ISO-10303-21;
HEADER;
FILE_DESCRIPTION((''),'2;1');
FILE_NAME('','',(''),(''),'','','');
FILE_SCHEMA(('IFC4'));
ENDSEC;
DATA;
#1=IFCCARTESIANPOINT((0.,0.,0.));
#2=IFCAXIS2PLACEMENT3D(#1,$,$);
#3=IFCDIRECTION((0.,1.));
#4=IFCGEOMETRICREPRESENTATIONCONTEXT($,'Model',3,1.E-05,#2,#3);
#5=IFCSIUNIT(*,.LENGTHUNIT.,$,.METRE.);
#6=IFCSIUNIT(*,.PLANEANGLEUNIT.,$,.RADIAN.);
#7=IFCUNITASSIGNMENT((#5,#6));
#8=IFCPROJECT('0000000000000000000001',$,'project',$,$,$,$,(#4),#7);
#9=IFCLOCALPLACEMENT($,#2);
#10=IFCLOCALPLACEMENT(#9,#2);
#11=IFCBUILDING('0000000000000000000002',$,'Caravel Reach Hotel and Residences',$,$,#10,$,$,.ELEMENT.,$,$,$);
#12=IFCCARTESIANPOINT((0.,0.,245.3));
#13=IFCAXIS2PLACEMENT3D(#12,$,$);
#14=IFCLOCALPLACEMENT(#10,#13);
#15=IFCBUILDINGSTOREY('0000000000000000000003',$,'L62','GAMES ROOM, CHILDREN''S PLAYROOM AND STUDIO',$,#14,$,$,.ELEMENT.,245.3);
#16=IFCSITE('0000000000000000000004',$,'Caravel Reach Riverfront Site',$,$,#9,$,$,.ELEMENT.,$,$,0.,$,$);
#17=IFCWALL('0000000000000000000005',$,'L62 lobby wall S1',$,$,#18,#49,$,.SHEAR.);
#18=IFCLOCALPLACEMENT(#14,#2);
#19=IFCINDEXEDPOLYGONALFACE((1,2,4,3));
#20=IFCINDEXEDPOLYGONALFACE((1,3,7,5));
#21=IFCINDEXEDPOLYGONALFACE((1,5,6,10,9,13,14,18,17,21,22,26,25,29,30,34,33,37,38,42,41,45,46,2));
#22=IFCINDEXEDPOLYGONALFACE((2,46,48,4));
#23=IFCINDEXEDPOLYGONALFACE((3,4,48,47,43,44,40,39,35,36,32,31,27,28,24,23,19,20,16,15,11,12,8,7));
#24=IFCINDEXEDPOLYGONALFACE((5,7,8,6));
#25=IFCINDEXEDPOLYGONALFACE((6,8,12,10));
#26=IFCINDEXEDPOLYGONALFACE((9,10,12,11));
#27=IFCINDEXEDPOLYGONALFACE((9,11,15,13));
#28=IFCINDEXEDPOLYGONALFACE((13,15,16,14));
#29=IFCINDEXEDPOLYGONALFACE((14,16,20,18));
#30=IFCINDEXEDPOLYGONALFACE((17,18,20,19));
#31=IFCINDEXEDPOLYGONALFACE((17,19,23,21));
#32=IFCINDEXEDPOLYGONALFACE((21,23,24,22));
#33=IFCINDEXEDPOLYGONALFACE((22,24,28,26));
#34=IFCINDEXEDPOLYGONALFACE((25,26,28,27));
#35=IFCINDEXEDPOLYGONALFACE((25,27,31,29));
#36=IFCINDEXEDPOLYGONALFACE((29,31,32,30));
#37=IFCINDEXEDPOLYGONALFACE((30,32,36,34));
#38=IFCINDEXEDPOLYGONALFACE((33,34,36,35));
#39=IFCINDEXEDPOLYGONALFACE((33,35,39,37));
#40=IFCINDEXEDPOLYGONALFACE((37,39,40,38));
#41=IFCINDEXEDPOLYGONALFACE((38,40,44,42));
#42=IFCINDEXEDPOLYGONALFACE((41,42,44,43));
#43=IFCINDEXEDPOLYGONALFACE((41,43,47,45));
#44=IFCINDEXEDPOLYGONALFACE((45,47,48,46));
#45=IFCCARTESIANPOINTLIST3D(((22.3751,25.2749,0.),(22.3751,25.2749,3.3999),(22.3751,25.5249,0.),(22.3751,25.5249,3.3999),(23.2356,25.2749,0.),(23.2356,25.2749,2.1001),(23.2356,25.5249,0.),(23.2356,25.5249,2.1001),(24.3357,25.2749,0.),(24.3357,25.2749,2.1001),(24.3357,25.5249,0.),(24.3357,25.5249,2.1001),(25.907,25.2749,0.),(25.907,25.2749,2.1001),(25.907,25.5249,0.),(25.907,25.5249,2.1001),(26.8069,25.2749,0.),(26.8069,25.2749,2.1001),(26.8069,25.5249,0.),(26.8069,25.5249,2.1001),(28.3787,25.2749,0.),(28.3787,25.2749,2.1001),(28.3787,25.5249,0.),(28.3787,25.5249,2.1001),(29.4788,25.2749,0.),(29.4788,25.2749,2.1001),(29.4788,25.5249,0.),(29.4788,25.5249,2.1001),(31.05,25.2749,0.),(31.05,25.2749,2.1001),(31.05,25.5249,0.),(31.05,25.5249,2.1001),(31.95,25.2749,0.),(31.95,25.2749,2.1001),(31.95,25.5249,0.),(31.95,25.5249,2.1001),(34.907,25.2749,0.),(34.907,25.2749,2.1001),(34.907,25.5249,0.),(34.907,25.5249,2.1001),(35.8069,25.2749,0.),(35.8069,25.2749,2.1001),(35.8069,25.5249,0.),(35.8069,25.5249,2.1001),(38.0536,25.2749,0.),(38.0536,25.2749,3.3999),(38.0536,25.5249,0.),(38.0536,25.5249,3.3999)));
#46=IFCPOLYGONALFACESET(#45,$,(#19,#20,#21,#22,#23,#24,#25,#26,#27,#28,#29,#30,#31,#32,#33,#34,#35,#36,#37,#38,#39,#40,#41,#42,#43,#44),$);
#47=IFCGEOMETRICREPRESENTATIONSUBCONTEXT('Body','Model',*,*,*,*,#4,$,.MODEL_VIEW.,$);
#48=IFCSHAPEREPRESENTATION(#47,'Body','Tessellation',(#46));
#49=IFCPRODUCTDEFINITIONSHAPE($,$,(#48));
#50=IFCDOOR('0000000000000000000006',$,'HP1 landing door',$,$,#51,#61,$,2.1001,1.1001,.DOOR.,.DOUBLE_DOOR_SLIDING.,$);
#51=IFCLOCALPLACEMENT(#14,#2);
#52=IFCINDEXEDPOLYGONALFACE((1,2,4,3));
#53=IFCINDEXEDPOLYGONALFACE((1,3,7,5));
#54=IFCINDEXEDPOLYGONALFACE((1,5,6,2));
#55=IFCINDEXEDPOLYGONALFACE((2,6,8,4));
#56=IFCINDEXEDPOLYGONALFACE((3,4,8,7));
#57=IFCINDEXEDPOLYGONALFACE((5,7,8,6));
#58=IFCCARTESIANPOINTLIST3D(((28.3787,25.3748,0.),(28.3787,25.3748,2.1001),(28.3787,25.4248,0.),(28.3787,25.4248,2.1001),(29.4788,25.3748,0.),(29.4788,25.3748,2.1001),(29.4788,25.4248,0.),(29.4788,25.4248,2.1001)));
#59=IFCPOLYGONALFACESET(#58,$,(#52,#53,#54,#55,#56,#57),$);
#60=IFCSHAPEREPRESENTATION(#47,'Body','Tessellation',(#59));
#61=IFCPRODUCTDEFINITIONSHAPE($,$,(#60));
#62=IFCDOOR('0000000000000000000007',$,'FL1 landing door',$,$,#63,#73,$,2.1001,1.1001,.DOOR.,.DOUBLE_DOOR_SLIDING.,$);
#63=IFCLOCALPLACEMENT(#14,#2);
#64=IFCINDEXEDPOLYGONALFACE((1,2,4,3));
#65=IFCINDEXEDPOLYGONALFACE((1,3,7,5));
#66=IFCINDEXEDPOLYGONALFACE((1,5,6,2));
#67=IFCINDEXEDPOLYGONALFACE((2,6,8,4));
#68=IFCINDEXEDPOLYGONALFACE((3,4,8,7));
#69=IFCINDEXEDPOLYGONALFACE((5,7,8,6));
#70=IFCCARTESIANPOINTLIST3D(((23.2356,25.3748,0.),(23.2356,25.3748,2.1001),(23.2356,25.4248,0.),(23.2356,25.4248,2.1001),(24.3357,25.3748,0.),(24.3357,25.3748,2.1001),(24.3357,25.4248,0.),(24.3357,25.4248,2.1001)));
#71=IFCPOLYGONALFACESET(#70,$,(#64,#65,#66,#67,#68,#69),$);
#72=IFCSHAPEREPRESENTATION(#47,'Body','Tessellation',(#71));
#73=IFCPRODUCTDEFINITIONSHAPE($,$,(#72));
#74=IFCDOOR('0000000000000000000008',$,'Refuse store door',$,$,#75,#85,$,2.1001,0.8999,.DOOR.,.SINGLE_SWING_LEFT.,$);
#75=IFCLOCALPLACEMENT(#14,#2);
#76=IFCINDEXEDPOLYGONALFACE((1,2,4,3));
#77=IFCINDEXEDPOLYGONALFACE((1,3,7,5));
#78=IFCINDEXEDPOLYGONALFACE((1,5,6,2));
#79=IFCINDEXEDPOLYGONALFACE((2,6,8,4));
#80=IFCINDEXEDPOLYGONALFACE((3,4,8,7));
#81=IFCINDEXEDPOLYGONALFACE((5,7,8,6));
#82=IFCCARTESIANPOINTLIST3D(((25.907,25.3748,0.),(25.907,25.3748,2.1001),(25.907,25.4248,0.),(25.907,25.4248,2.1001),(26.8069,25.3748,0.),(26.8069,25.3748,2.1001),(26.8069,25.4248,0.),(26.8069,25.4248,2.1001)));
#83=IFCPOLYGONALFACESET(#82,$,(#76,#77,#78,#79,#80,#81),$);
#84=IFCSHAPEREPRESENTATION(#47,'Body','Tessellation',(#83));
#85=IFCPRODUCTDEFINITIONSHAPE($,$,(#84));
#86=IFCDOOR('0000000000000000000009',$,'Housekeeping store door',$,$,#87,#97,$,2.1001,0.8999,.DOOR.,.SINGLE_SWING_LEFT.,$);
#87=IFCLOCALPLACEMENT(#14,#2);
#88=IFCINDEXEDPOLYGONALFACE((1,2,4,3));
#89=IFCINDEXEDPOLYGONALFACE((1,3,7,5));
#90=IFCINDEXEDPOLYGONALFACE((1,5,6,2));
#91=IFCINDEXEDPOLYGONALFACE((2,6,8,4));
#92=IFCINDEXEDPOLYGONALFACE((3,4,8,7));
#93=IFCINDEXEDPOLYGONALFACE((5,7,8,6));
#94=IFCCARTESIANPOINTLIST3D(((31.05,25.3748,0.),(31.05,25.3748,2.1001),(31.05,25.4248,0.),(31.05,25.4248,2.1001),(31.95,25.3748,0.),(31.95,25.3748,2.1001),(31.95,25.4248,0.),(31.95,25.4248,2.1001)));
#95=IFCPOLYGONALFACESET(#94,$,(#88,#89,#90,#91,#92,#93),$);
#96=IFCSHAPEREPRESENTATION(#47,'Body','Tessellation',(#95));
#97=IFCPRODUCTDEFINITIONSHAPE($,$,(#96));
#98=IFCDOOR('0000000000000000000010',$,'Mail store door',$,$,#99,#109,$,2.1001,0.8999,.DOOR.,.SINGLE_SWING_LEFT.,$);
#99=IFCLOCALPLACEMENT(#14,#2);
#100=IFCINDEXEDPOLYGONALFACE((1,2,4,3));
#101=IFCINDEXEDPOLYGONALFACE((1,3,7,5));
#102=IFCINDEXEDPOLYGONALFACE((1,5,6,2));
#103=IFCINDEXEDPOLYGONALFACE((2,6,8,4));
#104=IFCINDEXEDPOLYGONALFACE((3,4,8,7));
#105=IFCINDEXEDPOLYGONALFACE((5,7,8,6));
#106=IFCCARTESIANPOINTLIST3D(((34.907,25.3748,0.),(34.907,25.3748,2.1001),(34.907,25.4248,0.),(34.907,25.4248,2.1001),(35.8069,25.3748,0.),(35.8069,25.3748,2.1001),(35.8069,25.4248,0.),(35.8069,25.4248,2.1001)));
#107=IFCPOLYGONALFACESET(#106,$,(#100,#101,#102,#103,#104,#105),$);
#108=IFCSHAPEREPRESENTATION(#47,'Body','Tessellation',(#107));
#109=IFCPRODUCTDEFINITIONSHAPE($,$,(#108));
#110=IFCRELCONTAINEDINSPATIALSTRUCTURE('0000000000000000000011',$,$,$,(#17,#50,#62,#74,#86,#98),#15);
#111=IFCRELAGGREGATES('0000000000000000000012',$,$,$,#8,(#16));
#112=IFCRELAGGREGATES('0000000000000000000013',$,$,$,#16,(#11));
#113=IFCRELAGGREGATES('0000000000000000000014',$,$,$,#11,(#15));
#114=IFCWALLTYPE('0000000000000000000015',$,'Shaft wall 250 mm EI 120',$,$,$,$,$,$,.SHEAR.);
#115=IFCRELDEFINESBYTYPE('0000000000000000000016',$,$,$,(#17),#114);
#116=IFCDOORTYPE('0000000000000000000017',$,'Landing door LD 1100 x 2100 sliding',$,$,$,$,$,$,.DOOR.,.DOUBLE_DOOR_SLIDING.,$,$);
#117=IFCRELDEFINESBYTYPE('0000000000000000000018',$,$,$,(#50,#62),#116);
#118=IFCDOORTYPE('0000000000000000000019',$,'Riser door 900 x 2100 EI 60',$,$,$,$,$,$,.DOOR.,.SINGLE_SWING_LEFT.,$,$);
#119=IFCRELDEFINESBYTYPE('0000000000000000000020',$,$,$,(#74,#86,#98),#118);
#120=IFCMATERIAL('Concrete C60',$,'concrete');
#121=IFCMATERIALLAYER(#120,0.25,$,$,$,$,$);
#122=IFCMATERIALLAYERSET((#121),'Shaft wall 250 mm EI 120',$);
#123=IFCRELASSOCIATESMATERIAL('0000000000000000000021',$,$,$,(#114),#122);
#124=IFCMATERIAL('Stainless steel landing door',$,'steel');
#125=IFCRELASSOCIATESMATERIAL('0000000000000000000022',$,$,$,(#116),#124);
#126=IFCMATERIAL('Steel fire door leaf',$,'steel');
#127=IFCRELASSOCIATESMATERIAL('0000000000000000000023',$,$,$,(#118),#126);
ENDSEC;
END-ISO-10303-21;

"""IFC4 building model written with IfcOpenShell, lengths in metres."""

from ifc_helpers import new_model, si_unit, direction, frame, frame_2d, origin, place, context, subcontext, project, spatial, rectangle, extrude, material, layer, layer_set, type_object, element, fill, save


model = new_model("IFC4")

# Units and contexts
model_context = context("Model", 3, precision=1e-05, world=origin(), true_north=direction((0.0, 1.0)))
body_context = subcontext(model_context, "Body", "Model", "MODEL_VIEW")
ifc_project = project(units=[si_unit("LENGTHUNIT", "METRE"), si_unit("PLANEANGLEUNIT", "RADIAN")], contexts=[model_context])

# Site, building, storey
site_placement = place(None, origin())
site = spatial("IfcSite", under=ifc_project, at=site_placement, Name="Caravel Reach Riverfront Site", CompositionType="ELEMENT", RefElevation=0.0)
building_placement = place(site_placement, origin())
building = spatial("IfcBuilding", under=site, at=building_placement, Name="Caravel Reach Hotel and Residences", CompositionType="ELEMENT")
storey_placement = place(building_placement, frame((0.0, 0.0, 245.3)))
storey = spatial("IfcBuildingStorey", under=building, at=storey_placement, Name="L62", Description="GAMES ROOM, CHILDREN'S PLAYROOM AND STUDIO", CompositionType="ELEMENT", Elevation=245.3)

# Wall, openings, doors
ifc_material_1 = material(Name="Concrete C60", Category="concrete")
ifc_layer_1 = layer(ifc_material_1, 0.25)
ifc_layer_set_1 = layer_set([ifc_layer_1], Name="Shaft wall 250 mm EI 120")
wall_type_1 = type_object("IfcWallType", Name="Shaft wall 250 mm EI 120", PredefinedType="SHEAR", material=ifc_layer_set_1)
wall_1_placement = place(storey_placement, frame((22.375, 25.3999, 0.0), z_axis=(0.0, 0.0, 1.0), x_axis=(1.0, 0.0, 0.0)))
wall_1 = element("IfcWall", 1, at=wall_1_placement, inside=storey, type_object=wall_type_1, Name="L62 lobby wall S1", PredefinedType="SHEAR", context=body_context, shape_type="SweptSolid", body=[
    extrude(rectangle(XDim=15.6785, YDim=0.25, at=frame_2d((7.8394, 0.0))), origin(), (0.0, 0.0, 1.0), 3.3999),
])
opening_1_placement = place(wall_1_placement, frame((6.0037, 0.0, 0.0)))
opening_1 = element("IfcOpeningElement", 2, at=opening_1_placement, cuts=wall_1, PredefinedType="OPENING", context=body_context, shape_type="SweptSolid", body=[
    extrude(rectangle(XDim=1.1001, YDim=2.1001, at=frame_2d((0.55, 1.05))), frame((0.0, 0.135, 0.0), z_axis=(0.0, -1.0, 0.0), x_axis=(1.0, 0.0, 0.0)), (0.0, 0.0, 1.0), 0.27),
])
opening_2_placement = place(wall_1_placement, frame((0.8606, 0.0, 0.0)))
opening_2 = element("IfcOpeningElement", 3, at=opening_2_placement, cuts=wall_1, PredefinedType="OPENING", context=body_context, shape_type="SweptSolid", body=[
    extrude(rectangle(XDim=1.1001, YDim=2.1001, at=frame_2d((0.55, 1.05))), frame((0.0, 0.135, 0.0), z_axis=(0.0, -1.0, 0.0), x_axis=(1.0, 0.0, 0.0)), (0.0, 0.0, 1.0), 0.27),
])
opening_3_placement = place(wall_1_placement, frame((3.532, 0.0, 0.0)))
opening_3 = element("IfcOpeningElement", 4, at=opening_3_placement, cuts=wall_1, PredefinedType="OPENING", context=body_context, shape_type="SweptSolid", body=[
    extrude(rectangle(XDim=0.8999, YDim=2.1001, at=frame_2d((0.45, 1.05))), frame((0.0, 0.135, 0.0), z_axis=(0.0, -1.0, 0.0), x_axis=(1.0, 0.0, 0.0)), (0.0, 0.0, 1.0), 0.27),
])
opening_4_placement = place(wall_1_placement, frame((8.675, 0.0, 0.0)))
opening_4 = element("IfcOpeningElement", 5, at=opening_4_placement, cuts=wall_1, PredefinedType="OPENING", context=body_context, shape_type="SweptSolid", body=[
    extrude(rectangle(XDim=0.8999, YDim=2.1001, at=frame_2d((0.45, 1.05))), frame((0.0, 0.135, 0.0), z_axis=(0.0, -1.0, 0.0), x_axis=(1.0, 0.0, 0.0)), (0.0, 0.0, 1.0), 0.27),
])
opening_5_placement = place(wall_1_placement, frame((12.532, 0.0, 0.0)))
opening_5 = element("IfcOpeningElement", 6, at=opening_5_placement, cuts=wall_1, PredefinedType="OPENING", context=body_context, shape_type="SweptSolid", body=[
    extrude(rectangle(XDim=0.8999, YDim=2.1001, at=frame_2d((0.45, 1.05))), frame((0.0, 0.135, 0.0), z_axis=(0.0, -1.0, 0.0), x_axis=(1.0, 0.0, 0.0)), (0.0, 0.0, 1.0), 0.27),
])
ifc_material_2 = material(Name="Stainless steel landing door", Category="steel")
door_type_1 = type_object("IfcDoorType", Name="Landing door LD 1100 x 2100 sliding", OperationType="DOUBLE_DOOR_SLIDING", PredefinedType="DOOR", material=ifc_material_2)
door_1_placement = place(opening_1_placement, origin())
door_1 = element("IfcDoor", 7, at=door_1_placement, inside=storey, type_object=door_type_1, Name="HP1 landing door", OperationType="DOUBLE_DOOR_SLIDING", OverallHeight=2.1001, OverallWidth=1.1001, PredefinedType="DOOR", context=body_context, shape_type="SweptSolid", body=[
    extrude(rectangle(XDim=1.1001, YDim=2.1001, at=frame_2d((0.55, 1.05))), frame((0.0, 0.0249, 0.0), z_axis=(0.0, -1.0, 0.0), x_axis=(1.0, 0.0, 0.0)), (0.0, 0.0, 1.0), 0.05),
])
fill(opening_1, door_1)
door_2_placement = place(opening_2_placement, origin())
door_2 = element("IfcDoor", 8, at=door_2_placement, inside=storey, type_object=door_type_1, Name="FL1 landing door", OperationType="DOUBLE_DOOR_SLIDING", OverallHeight=2.1001, OverallWidth=1.1001, PredefinedType="DOOR", context=body_context, shape_type="SweptSolid", body=[
    extrude(rectangle(XDim=1.1001, YDim=2.1001, at=frame_2d((0.55, 1.05))), frame((0.0, 0.0249, 0.0), z_axis=(0.0, -1.0, 0.0), x_axis=(1.0, 0.0, 0.0)), (0.0, 0.0, 1.0), 0.05),
])
fill(opening_2, door_2)
ifc_material_3 = material(Name="Steel fire door leaf", Category="steel")
door_type_2 = type_object("IfcDoorType", Name="Riser door 900 x 2100 EI 60", OperationType="SINGLE_SWING_LEFT", PredefinedType="DOOR", material=ifc_material_3)
door_3_placement = place(opening_3_placement, origin())
door_3 = element("IfcDoor", 9, at=door_3_placement, inside=storey, type_object=door_type_2, Name="Refuse store door", OperationType="SINGLE_SWING_LEFT", OverallHeight=2.1001, OverallWidth=0.8999, PredefinedType="DOOR", context=body_context, shape_type="SweptSolid", body=[
    extrude(rectangle(XDim=0.8999, YDim=2.1001, at=frame_2d((0.45, 1.05))), frame((0.0, 0.0249, 0.0), z_axis=(0.0, -1.0, 0.0), x_axis=(1.0, 0.0, 0.0)), (0.0, 0.0, 1.0), 0.05),
])
fill(opening_3, door_3)
door_4_placement = place(opening_4_placement, origin())
door_4 = element("IfcDoor", 10, at=door_4_placement, inside=storey, type_object=door_type_2, Name="Housekeeping store door", OperationType="SINGLE_SWING_LEFT", OverallHeight=2.1001, OverallWidth=0.8999, PredefinedType="DOOR", context=body_context, shape_type="SweptSolid", body=[
    extrude(rectangle(XDim=0.8999, YDim=2.1001, at=frame_2d((0.45, 1.05))), frame((0.0, 0.0249, 0.0), z_axis=(0.0, -1.0, 0.0), x_axis=(1.0, 0.0, 0.0)), (0.0, 0.0, 1.0), 0.05),
])
fill(opening_4, door_4)
door_5_placement = place(opening_5_placement, origin())
door_5 = element("IfcDoor", 11, at=door_5_placement, inside=storey, type_object=door_type_2, Name="Mail store door", OperationType="SINGLE_SWING_LEFT", OverallHeight=2.1001, OverallWidth=0.8999, PredefinedType="DOOR", context=body_context, shape_type="SweptSolid", body=[
    extrude(rectangle(XDim=0.8999, YDim=2.1001, at=frame_2d((0.45, 1.05))), frame((0.0, 0.0249, 0.0), z_axis=(0.0, -1.0, 0.0), x_axis=(1.0, 0.0, 0.0)), (0.0, 0.0, 1.0), 0.05),
])
fill(opening_5, door_5)

save(model, "model.ifc")
